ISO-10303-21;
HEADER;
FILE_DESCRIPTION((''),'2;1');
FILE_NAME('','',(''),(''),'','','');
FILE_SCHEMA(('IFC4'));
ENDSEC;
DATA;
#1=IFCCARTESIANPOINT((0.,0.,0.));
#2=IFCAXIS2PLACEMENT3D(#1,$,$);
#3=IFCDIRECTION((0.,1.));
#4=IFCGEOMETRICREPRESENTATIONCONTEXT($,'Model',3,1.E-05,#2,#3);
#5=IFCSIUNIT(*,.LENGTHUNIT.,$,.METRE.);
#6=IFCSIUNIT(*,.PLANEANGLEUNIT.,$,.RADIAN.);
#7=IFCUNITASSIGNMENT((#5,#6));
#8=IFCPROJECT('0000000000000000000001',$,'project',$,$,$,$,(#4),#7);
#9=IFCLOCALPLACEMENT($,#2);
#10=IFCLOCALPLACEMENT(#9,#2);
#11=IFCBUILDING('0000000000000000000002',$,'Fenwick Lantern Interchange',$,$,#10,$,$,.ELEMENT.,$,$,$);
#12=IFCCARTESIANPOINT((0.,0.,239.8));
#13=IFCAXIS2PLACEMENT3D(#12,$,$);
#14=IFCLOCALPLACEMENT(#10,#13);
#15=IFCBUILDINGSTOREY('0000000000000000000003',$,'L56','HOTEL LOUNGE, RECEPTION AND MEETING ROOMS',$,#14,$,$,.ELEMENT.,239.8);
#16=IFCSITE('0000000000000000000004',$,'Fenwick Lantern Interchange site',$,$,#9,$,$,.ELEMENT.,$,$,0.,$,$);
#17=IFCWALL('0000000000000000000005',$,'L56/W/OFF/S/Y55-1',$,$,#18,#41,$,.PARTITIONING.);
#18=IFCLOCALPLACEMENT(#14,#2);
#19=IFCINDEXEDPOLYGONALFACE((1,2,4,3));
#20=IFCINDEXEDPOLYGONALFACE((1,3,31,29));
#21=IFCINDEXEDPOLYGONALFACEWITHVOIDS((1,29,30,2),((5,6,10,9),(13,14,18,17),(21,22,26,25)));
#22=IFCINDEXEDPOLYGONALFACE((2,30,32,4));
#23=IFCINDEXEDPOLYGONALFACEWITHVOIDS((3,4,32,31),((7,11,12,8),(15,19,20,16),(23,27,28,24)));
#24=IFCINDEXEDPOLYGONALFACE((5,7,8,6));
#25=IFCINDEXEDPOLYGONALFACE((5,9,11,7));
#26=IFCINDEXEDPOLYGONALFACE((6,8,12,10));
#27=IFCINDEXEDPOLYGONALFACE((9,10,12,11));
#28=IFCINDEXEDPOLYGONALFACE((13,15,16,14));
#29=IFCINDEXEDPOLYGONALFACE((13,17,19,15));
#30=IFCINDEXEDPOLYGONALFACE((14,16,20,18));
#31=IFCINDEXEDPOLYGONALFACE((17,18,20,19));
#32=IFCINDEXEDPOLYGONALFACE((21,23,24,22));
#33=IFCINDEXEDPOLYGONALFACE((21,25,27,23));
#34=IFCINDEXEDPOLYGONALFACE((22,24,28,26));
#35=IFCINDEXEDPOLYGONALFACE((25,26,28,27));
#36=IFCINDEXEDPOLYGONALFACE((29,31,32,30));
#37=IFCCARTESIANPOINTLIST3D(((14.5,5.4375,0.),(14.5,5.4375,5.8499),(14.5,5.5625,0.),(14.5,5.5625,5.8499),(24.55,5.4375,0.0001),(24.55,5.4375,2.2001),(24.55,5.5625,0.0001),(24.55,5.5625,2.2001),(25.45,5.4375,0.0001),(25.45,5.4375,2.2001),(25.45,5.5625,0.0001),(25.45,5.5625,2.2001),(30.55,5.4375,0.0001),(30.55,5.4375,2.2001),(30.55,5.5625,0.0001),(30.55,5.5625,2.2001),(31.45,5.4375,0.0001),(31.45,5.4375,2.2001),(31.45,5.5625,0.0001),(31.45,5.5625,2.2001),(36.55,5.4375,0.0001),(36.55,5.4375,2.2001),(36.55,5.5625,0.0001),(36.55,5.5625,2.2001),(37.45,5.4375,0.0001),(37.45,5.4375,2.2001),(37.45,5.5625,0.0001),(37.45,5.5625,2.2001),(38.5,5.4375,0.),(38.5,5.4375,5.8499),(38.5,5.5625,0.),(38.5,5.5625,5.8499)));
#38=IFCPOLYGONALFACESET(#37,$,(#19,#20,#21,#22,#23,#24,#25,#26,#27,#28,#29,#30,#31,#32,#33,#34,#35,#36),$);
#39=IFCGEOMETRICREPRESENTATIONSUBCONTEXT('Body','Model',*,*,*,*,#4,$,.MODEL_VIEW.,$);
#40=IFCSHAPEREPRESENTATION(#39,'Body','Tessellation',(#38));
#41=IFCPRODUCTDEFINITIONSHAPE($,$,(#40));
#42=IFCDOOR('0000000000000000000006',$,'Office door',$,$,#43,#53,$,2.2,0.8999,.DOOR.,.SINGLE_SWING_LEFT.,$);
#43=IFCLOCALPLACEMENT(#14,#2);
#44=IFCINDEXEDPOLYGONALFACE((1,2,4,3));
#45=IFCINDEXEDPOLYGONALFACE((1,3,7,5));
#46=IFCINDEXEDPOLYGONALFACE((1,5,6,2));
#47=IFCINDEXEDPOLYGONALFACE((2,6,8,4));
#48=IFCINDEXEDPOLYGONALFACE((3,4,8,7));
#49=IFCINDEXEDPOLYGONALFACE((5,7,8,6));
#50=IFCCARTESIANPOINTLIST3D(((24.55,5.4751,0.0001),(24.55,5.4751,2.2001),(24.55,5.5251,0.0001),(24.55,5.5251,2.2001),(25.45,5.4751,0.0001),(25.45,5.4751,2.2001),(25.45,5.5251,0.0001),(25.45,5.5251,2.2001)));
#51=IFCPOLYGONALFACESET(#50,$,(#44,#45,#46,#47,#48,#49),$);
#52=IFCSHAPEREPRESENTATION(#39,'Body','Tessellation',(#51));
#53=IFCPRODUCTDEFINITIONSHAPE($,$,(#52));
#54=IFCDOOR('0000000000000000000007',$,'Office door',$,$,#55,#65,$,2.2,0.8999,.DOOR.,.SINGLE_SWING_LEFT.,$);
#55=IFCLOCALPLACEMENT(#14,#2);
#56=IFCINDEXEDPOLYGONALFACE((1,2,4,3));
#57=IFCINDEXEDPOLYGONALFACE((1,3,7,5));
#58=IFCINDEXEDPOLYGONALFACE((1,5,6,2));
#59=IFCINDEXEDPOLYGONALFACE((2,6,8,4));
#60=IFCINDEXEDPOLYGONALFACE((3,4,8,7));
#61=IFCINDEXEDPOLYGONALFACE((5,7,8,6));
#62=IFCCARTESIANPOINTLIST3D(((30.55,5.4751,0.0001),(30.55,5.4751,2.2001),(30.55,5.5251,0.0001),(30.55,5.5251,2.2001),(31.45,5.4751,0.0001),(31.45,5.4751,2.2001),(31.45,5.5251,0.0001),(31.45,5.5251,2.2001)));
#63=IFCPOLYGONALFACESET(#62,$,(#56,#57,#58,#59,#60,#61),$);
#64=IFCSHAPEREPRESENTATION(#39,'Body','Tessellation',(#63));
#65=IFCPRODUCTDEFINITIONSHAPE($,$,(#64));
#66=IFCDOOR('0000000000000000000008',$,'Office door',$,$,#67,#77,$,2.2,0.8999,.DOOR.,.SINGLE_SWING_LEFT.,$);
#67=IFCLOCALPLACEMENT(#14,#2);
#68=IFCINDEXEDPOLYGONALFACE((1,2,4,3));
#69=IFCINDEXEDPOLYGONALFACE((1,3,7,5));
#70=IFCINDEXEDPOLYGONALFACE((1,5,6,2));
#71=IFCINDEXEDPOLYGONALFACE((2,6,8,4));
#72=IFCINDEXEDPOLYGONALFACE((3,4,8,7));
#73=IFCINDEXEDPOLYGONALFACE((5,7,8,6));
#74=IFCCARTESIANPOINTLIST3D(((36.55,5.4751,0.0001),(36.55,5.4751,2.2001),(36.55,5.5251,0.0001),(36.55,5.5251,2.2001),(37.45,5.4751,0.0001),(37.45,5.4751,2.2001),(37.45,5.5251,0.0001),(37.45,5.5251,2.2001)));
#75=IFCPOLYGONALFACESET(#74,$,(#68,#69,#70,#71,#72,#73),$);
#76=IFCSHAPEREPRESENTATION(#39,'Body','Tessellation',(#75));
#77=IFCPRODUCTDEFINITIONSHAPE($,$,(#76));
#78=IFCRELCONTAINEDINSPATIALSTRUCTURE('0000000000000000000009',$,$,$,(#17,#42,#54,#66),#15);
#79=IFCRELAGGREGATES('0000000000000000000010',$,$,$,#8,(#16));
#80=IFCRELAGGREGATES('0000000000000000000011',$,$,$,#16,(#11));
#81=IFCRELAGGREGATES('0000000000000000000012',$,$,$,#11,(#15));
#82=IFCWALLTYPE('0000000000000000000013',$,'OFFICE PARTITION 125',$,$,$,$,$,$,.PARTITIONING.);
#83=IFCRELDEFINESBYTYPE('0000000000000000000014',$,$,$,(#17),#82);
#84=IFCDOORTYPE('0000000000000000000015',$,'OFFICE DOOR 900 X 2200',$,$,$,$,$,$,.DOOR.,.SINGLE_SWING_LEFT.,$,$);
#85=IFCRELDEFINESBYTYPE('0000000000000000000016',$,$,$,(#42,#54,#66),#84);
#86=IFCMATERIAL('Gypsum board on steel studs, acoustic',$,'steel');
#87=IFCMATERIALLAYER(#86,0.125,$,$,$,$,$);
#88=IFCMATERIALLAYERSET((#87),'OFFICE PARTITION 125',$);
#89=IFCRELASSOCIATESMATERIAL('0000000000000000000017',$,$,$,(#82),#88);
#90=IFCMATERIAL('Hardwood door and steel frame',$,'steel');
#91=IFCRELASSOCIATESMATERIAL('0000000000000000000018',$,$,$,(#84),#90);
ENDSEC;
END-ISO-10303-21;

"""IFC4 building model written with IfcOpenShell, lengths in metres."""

from ifc_helpers import new_model, si_unit, direction, frame, frame_2d, origin, place, context, subcontext, project, spatial, rectangle, extrude, material, layer, layer_set, type_object, element, fill, save


model = new_model("IFC4")

# Units and contexts
model_context = context("Model", 3, precision=1e-05, world=origin(), true_north=direction((0.0, 1.0)))
body_context = subcontext(model_context, "Body", "Model", "MODEL_VIEW")
ifc_project = project(units=[si_unit("LENGTHUNIT", "METRE"), si_unit("PLANEANGLEUNIT", "RADIAN")], contexts=[model_context])

# Site, building, storey
site_placement = place(None, origin())
site = spatial("IfcSite", under=ifc_project, at=site_placement, Name="Fenwick Lantern Interchange site", CompositionType="ELEMENT", RefElevation=0.0)
building_placement = place(site_placement, origin())
building = spatial("IfcBuilding", under=site, at=building_placement, Name="Fenwick Lantern Interchange", CompositionType="ELEMENT")
storey_placement = place(building_placement, frame((0.0, 0.0, 239.8)))
storey = spatial("IfcBuildingStorey", under=building, at=storey_placement, Name="L56", Description="HOTEL LOUNGE, RECEPTION AND MEETING ROOMS", CompositionType="ELEMENT", Elevation=239.8)

# Wall, openings, doors
ifc_material_1 = material(Name="Gypsum board on steel studs, acoustic", Category="steel")
ifc_layer = layer(ifc_material_1, 0.125)
ifc_layer_set = layer_set([ifc_layer], Name="OFFICE PARTITION 125")
wall_type = type_object("IfcWallType", Name="OFFICE PARTITION 125", PredefinedType="PARTITIONING", material=ifc_layer_set)
wall_placement = place(storey_placement, frame((14.5, 5.5, 0.0), z_axis=(0.0, 0.0, 1.0), x_axis=(1.0, 0.0, 0.0)))
wall = element("IfcWall", 1, at=wall_placement, inside=storey, type_object=wall_type, Name="L56/W/OFF/S/Y55-1", PredefinedType="PARTITIONING", context=body_context, shape_type="SweptSolid", body=[
    extrude(rectangle(XDim=24.0, YDim=0.125, at=frame_2d((12.0, 0.0))), origin(), (0.0, 0.0, 1.0), 5.8499),
])
opening_1_placement = place(wall_placement, frame((10.05, 0.0, 0.0)))
opening_1 = element("IfcOpeningElement", 2, at=opening_1_placement, cuts=wall, PredefinedType="OPENING", context=body_context, shape_type="SweptSolid", body=[
    extrude(rectangle(XDim=0.8999, YDim=2.2, at=frame_2d((0.45, 1.1001))), frame((0.0, 0.0725, 0.0), z_axis=(0.0, -1.0, 0.0), x_axis=(1.0, 0.0, 0.0)), (0.0, 0.0, 1.0), 0.145),
])
opening_2_placement = place(wall_placement, frame((16.05, 0.0, 0.0)))
opening_2 = element("IfcOpeningElement", 3, at=opening_2_placement, cuts=wall, PredefinedType="OPENING", context=body_context, shape_type="SweptSolid", body=[
    extrude(rectangle(XDim=0.8999, YDim=2.2, at=frame_2d((0.45, 1.1001))), frame((0.0, 0.0725, 0.0), z_axis=(0.0, -1.0, 0.0), x_axis=(1.0, 0.0, 0.0)), (0.0, 0.0, 1.0), 0.145),
])
opening_3_placement = place(wall_placement, frame((22.05, 0.0, 0.0)))
opening_3 = element("IfcOpeningElement", 4, at=opening_3_placement, cuts=wall, PredefinedType="OPENING", context=body_context, shape_type="SweptSolid", body=[
    extrude(rectangle(XDim=0.8999, YDim=2.2, at=frame_2d((0.45, 1.1001))), frame((0.0, 0.0725, 0.0), z_axis=(0.0, -1.0, 0.0), x_axis=(1.0, 0.0, 0.0)), (0.0, 0.0, 1.0), 0.145),
])
ifc_material_2 = material(Name="Hardwood door and steel frame", Category="steel")
door_type = type_object("IfcDoorType", Name="OFFICE DOOR 900 X 2200", OperationType="SINGLE_SWING_LEFT", PredefinedType="DOOR", material=ifc_material_2)
door_1_placement = place(opening_1_placement, frame((0.8999, 0.0, 0.0), z_axis=(0.0, 0.0, 1.0), x_axis=(-1.0, 0.0, 0.0)))
door_1 = element("IfcDoor", 5, at=door_1_placement, inside=storey, type_object=door_type, Name="Office door", OperationType="SINGLE_SWING_LEFT", OverallHeight=2.2, OverallWidth=0.8999, PredefinedType="DOOR", context=body_context, shape_type="SweptSolid", body=[
    extrude(rectangle(XDim=0.8999, YDim=2.2, at=frame_2d((0.45, 1.1001))), frame((0.0, 0.0249, 0.0), z_axis=(0.0, -1.0, 0.0), x_axis=(1.0, 0.0, 0.0)), (0.0, 0.0, 1.0), 0.05),
])
fill(opening_1, door_1)
door_2_placement = place(opening_2_placement, frame((0.8999, 0.0, 0.0), z_axis=(0.0, 0.0, 1.0), x_axis=(-1.0, 0.0, 0.0)))
door_2 = element("IfcDoor", 6, at=door_2_placement, inside=storey, type_object=door_type, Name="Office door", OperationType="SINGLE_SWING_LEFT", OverallHeight=2.2, OverallWidth=0.8999, PredefinedType="DOOR", context=body_context, shape_type="SweptSolid", body=[
    extrude(rectangle(XDim=0.8999, YDim=2.2, at=frame_2d((0.45, 1.1001))), frame((0.0, 0.0249, 0.0), z_axis=(0.0, -1.0, 0.0), x_axis=(1.0, 0.0, 0.0)), (0.0, 0.0, 1.0), 0.05),
])
fill(opening_2, door_2)
door_3_placement = place(opening_3_placement, frame((0.8999, 0.0, 0.0), z_axis=(0.0, 0.0, 1.0), x_axis=(-1.0, 0.0, 0.0)))
door_3 = element("IfcDoor", 7, at=door_3_placement, inside=storey, type_object=door_type, Name="Office door", OperationType="SINGLE_SWING_LEFT", OverallHeight=2.2, OverallWidth=0.8999, PredefinedType="DOOR", context=body_context, shape_type="SweptSolid", body=[
    extrude(rectangle(XDim=0.8999, YDim=2.2, at=frame_2d((0.45, 1.1001))), frame((0.0, 0.0249, 0.0), z_axis=(0.0, -1.0, 0.0), x_axis=(1.0, 0.0, 0.0)), (0.0, 0.0, 1.0), 0.05),
])
fill(opening_3, door_3)

save(model, "model.ifc")
